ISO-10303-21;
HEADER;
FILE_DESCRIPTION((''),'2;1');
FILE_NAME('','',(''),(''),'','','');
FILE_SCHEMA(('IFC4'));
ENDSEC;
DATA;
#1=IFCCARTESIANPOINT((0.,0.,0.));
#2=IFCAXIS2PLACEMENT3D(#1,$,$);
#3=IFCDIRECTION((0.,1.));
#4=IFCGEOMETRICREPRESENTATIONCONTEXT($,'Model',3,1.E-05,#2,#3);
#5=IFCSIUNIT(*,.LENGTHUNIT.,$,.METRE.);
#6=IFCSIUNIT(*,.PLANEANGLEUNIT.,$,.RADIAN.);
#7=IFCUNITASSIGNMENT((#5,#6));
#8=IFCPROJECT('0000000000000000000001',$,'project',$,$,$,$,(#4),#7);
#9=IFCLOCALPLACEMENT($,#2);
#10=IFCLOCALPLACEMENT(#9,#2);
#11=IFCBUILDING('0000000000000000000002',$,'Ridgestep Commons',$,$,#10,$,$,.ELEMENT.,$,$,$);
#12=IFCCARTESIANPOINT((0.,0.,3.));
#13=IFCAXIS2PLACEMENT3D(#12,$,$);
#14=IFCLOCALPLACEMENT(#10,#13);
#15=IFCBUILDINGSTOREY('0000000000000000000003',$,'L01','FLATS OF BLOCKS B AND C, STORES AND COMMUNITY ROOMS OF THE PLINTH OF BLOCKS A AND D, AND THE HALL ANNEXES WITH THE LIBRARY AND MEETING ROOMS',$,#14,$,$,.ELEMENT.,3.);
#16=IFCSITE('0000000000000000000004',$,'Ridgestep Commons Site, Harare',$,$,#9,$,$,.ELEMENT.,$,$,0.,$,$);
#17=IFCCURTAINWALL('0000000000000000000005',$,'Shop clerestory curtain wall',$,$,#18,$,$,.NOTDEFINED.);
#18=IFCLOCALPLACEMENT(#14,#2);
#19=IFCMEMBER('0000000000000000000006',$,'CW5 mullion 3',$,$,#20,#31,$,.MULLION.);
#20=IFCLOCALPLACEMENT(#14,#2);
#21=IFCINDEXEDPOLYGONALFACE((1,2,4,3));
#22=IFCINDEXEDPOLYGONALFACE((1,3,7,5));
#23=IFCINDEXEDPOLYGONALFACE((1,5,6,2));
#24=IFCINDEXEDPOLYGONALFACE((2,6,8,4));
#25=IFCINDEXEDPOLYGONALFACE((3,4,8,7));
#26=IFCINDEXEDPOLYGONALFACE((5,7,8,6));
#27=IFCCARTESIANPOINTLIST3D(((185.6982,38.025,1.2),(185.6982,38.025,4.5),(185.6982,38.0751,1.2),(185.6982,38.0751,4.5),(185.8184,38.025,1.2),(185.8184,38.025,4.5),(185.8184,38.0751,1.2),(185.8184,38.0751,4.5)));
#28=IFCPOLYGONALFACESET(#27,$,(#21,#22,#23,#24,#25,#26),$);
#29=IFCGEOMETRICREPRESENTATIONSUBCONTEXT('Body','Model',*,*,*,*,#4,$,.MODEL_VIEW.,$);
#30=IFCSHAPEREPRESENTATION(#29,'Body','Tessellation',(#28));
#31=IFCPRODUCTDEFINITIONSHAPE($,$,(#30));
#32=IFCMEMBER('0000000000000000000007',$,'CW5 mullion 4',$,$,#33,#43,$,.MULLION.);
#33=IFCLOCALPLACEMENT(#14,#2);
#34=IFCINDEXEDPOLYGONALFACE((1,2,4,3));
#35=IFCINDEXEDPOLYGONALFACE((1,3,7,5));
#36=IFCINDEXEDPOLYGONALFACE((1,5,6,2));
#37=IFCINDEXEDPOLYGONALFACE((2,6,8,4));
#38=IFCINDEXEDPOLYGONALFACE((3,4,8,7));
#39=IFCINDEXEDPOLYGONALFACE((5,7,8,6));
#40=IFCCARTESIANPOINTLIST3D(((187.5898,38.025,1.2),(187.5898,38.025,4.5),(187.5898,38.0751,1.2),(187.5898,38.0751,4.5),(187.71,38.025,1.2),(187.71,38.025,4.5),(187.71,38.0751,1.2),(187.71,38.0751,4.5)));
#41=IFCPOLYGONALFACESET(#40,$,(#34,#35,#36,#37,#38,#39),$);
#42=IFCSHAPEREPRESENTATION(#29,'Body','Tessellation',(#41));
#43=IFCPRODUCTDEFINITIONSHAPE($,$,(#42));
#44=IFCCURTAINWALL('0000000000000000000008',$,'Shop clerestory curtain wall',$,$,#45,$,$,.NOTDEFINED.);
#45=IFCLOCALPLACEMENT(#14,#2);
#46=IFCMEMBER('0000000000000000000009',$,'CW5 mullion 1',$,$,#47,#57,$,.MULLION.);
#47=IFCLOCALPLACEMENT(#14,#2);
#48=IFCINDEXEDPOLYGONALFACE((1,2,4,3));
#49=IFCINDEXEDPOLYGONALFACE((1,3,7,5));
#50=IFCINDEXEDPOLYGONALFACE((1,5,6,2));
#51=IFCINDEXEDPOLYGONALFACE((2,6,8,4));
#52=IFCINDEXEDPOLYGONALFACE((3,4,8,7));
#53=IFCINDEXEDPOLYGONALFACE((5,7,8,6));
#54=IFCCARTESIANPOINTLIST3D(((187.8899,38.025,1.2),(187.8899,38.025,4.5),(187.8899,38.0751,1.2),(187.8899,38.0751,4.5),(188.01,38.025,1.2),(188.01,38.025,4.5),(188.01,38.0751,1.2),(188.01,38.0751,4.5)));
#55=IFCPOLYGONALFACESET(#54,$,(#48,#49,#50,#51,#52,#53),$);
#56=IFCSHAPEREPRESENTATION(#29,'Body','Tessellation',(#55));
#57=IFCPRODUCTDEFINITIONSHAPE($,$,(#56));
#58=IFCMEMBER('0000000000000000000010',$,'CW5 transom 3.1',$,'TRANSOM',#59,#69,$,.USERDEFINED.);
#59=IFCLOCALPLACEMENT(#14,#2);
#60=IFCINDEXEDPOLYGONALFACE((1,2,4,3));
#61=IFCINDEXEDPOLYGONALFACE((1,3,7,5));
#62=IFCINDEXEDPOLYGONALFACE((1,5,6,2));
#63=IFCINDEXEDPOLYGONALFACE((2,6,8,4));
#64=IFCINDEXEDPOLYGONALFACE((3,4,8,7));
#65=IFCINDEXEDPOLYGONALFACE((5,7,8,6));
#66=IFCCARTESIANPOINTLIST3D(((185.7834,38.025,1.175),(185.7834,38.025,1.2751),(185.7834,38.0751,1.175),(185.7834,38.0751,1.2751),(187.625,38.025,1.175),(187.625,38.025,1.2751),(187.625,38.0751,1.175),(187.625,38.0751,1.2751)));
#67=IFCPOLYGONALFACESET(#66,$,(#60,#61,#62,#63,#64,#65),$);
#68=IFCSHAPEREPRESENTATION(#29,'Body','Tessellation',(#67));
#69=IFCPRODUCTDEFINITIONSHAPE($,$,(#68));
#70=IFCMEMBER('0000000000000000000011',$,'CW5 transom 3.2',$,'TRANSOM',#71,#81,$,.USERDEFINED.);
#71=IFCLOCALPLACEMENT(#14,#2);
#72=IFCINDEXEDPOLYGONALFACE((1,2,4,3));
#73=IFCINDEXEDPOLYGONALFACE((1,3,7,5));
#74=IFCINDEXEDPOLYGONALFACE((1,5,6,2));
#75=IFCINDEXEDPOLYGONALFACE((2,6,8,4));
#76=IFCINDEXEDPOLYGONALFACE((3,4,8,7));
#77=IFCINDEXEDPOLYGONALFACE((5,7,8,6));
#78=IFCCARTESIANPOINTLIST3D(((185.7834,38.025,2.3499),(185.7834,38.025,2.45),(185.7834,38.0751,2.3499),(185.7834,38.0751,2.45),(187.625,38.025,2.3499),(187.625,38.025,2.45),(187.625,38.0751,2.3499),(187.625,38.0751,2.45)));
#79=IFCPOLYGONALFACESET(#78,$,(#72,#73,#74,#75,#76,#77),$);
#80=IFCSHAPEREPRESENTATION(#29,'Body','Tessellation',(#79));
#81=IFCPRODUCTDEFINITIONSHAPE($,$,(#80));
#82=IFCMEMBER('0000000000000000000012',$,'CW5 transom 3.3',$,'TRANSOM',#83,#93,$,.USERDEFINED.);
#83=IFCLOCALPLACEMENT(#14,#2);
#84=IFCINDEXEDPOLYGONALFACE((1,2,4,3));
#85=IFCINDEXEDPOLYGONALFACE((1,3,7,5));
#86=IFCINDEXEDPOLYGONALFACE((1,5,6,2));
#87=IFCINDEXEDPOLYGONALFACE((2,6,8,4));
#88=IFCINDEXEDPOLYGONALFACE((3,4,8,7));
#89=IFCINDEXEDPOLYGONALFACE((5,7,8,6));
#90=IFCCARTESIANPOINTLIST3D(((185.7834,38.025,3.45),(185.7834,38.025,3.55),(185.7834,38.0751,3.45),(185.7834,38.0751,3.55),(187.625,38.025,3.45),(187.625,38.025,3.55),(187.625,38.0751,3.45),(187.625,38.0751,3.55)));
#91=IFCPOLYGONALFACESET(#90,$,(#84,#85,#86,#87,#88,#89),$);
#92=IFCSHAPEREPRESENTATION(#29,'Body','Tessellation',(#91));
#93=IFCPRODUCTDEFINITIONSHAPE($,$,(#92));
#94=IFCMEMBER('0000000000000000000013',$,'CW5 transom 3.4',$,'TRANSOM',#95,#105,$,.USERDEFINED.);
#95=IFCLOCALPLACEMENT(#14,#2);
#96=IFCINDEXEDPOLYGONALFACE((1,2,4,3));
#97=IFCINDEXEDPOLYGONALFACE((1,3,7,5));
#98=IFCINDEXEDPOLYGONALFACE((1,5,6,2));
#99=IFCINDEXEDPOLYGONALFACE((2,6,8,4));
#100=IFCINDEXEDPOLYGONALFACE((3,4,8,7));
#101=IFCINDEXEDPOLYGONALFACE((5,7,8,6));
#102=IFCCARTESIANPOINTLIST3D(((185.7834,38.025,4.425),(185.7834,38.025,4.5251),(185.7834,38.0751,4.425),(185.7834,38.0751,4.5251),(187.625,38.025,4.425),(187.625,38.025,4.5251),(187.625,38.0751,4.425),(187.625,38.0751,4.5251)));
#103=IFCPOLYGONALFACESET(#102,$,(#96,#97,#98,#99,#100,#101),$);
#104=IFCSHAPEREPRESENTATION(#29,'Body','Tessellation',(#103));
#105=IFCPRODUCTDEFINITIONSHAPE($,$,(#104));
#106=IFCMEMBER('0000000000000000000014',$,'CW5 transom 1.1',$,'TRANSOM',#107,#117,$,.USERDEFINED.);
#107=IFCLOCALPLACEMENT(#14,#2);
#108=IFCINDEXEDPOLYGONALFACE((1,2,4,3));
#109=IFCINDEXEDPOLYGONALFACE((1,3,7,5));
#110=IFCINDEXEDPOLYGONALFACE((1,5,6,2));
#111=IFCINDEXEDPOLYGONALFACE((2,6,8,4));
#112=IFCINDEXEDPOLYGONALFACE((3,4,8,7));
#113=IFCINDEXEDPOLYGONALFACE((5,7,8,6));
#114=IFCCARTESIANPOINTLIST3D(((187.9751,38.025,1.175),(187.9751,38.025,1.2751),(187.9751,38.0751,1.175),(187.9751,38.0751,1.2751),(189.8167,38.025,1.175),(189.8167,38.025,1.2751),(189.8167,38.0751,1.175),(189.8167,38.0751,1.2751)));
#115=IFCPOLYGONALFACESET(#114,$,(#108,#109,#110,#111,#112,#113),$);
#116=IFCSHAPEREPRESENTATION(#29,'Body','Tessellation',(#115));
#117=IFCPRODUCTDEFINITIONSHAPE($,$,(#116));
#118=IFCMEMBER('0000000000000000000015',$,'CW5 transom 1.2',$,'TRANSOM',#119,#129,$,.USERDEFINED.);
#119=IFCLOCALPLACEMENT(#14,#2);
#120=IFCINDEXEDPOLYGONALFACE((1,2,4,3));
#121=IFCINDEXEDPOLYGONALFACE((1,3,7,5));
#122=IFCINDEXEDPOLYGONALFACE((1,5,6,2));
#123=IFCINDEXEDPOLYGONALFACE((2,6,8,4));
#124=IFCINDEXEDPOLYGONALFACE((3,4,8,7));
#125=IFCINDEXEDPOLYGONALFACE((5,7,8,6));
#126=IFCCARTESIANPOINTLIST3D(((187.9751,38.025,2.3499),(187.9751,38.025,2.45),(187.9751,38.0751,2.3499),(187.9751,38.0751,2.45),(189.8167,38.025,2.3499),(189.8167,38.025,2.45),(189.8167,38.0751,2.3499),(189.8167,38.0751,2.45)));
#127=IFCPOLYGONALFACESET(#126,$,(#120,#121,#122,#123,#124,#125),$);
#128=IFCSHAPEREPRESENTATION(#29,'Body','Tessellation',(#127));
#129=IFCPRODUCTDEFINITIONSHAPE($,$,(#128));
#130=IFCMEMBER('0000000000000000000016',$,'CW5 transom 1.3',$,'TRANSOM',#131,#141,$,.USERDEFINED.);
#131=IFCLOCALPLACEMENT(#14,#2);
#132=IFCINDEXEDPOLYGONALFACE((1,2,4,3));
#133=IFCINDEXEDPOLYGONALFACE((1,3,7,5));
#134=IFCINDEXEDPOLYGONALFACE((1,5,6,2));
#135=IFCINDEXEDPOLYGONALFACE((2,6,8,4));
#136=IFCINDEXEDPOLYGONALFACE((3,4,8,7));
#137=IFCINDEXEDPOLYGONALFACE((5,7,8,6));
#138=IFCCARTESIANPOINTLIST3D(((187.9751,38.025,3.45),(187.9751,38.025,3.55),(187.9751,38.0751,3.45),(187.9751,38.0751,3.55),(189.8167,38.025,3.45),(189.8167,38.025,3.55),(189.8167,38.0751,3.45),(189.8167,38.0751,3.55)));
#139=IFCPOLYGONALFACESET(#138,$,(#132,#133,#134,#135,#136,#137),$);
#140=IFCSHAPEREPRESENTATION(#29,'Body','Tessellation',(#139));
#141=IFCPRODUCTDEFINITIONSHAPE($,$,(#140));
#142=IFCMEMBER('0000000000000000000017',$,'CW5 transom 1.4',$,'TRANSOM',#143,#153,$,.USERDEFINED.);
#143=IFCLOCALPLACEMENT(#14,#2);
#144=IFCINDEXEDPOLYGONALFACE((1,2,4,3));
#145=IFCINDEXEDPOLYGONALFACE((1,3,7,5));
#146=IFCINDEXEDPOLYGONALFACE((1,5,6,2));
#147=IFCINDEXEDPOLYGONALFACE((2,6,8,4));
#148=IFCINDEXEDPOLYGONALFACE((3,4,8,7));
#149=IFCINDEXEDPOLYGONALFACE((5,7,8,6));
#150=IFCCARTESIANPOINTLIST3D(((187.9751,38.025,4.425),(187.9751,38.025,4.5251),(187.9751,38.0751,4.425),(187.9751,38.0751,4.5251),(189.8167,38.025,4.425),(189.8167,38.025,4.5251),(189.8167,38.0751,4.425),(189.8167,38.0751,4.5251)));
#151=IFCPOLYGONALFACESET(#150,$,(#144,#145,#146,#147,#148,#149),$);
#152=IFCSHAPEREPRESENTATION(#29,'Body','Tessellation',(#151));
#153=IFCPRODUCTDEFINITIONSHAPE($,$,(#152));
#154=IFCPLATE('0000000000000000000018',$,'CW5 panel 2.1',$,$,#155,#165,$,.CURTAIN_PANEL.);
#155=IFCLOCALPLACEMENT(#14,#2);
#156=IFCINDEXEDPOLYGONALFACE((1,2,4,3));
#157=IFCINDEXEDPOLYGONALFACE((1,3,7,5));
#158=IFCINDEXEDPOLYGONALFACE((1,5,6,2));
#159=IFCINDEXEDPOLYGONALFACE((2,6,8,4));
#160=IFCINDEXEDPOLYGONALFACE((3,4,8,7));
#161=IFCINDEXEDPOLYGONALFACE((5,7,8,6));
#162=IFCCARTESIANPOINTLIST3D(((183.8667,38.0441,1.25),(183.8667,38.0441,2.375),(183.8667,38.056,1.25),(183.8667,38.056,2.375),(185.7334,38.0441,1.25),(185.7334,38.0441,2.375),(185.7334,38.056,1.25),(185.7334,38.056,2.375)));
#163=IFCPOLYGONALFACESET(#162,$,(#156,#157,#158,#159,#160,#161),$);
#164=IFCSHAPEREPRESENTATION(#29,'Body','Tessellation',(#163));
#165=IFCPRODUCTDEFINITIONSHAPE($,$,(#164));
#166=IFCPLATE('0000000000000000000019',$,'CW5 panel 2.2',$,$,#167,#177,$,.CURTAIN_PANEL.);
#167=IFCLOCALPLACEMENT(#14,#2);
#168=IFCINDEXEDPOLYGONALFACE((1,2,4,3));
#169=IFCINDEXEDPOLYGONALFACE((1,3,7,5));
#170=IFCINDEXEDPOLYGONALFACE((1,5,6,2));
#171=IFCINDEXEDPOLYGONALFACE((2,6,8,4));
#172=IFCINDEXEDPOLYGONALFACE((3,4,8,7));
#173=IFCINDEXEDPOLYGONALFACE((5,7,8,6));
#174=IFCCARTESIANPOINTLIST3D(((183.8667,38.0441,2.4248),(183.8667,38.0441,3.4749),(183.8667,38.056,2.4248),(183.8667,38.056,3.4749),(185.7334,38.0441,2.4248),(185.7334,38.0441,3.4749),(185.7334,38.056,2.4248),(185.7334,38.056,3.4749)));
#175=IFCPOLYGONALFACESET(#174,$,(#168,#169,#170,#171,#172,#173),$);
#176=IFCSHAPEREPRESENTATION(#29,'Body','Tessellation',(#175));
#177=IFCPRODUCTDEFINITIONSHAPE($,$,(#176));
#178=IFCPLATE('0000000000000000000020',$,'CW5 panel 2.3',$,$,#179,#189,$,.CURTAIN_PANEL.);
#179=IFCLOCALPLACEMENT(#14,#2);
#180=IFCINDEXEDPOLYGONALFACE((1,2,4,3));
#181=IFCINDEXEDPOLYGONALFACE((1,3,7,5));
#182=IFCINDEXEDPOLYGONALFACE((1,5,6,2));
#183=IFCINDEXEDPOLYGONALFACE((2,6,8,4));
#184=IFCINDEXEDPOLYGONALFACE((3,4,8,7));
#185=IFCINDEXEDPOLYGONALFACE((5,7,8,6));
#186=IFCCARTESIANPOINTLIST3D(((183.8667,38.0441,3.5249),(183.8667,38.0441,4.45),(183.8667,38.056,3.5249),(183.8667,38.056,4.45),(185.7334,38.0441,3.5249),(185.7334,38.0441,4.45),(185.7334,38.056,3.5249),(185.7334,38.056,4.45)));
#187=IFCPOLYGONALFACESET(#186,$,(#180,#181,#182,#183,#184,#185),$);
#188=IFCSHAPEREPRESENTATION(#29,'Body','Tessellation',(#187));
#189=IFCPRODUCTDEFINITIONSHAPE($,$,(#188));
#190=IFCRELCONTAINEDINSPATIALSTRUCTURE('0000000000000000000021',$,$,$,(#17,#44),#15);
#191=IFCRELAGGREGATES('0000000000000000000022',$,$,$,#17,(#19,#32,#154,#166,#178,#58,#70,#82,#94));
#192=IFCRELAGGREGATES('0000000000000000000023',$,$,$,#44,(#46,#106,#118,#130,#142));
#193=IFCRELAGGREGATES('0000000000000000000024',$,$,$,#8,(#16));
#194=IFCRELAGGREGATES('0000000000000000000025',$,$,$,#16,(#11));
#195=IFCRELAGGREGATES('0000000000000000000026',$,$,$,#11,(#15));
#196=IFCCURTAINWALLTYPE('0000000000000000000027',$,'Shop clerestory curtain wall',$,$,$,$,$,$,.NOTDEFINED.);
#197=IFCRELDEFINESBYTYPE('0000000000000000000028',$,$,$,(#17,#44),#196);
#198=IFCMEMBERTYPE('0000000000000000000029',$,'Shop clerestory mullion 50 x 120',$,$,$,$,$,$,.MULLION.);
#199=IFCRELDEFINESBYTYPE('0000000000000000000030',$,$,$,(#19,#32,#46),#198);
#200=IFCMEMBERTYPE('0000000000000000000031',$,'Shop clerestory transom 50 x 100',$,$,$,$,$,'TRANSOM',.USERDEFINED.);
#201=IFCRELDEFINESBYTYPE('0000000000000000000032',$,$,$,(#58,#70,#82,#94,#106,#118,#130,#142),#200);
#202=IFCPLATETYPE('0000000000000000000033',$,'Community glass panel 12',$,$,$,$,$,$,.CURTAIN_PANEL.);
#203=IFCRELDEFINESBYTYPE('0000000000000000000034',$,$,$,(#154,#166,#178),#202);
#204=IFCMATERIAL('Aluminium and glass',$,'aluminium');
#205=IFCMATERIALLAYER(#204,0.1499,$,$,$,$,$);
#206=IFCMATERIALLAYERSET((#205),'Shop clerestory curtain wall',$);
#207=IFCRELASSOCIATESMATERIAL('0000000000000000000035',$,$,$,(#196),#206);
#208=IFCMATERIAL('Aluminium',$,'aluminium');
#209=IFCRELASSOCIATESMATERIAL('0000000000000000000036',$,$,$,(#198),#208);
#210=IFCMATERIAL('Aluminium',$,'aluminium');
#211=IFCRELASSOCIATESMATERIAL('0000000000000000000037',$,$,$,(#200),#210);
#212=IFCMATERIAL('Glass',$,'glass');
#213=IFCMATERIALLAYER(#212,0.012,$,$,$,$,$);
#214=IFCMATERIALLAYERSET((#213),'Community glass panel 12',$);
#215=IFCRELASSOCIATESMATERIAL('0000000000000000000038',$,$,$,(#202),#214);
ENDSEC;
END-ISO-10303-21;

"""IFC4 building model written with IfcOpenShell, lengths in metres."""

from ifc_helpers import new_model, si_unit, direction, frame, origin, origin_2d, place, context, subcontext, project, spatial, rectangle, extrude, material, layer, layer_set, material_profile, profile_set, type_object, element, aggregate, save


model = new_model("IFC4")

# Units and contexts
model_context = context("Model", 3, precision=1e-05, world=origin(), true_north=direction((0.0, 1.0)))
body_context = subcontext(model_context, "Body", "Model", "MODEL_VIEW")
ifc_project = project(units=[si_unit("LENGTHUNIT", "METRE"), si_unit("PLANEANGLEUNIT", "RADIAN")], contexts=[model_context])

# Site, building, storey
site_placement = place(None, origin())
site = spatial("IfcSite", under=ifc_project, at=site_placement, Name="Ridgestep Commons Site, Harare", CompositionType="ELEMENT", RefElevation=0.0)
building_placement = place(site_placement, origin())
building = spatial("IfcBuilding", under=site, at=building_placement, Name="Ridgestep Commons", CompositionType="ELEMENT")
storey_placement = place(building_placement, frame((0.0, 0.0, 3.0)))
storey = spatial("IfcBuildingStorey", under=building, at=storey_placement, Name="L01", Description="FLATS OF BLOCKS B AND C, STORES AND COMMUNITY ROOMS OF THE PLINTH OF BLOCKS A AND D, AND THE HALL ANNEXES WITH THE LIBRARY AND MEETING ROOMS", CompositionType="ELEMENT", Elevation=3.0)

# Curtain wall, members
ifc_material_1 = material(Name="Aluminium and glass", Category="aluminium")
ifc_layer_1 = layer(ifc_material_1, 0.1499)
ifc_layer_set_1 = layer_set([ifc_layer_1], Name="Shop clerestory curtain wall")
curtain_wall_type = type_object("IfcCurtainWallType", Name="Shop clerestory curtain wall", PredefinedType="NOTDEFINED", material=ifc_layer_set_1)
curtain_wall_1_placement = place(storey_placement, origin())
curtain_wall_1 = element("IfcCurtainWall", 1, at=curtain_wall_1_placement, inside=storey, type_object=curtain_wall_type, Name="Shop clerestory curtain wall", PredefinedType="NOTDEFINED")
ifc_material_2 = material(Name="Aluminium", Category="aluminium")
ifc_material_profile_1 = material_profile(ifc_material_2, rectangle(XDim=0.05, YDim=0.1201, at=origin_2d()), Name="Shop clerestory mullion 50 x 120")
ifc_profile_set_1 = profile_set([ifc_material_profile_1], Name="Aluminium")
member_type_1 = type_object("IfcMemberType", Name="Shop clerestory mullion 50 x 120", PredefinedType="MULLION", material=ifc_profile_set_1)
member_1_placement = place(storey_placement, frame((185.7583, 38.05, 1.2), z_axis=(0.0, 0.0, 1.0), x_axis=(0.0, 1.0, 0.0)))
member_1 = element("IfcMember", 2, at=member_1_placement, type_object=member_type_1, Name="CW5 mullion 3", PredefinedType="MULLION", context=body_context, shape_type="SweptSolid", body=[
    extrude(rectangle(XDim=0.05, YDim=0.1201, at=origin_2d()), origin(), (0.0, 0.0, 1.0), 3.3),
])
member_2_placement = place(storey_placement, frame((187.6499, 38.05, 1.2), z_axis=(0.0, 0.0, 1.0), x_axis=(0.0, 1.0, 0.0)))
member_2 = element("IfcMember", 3, at=member_2_placement, type_object=member_type_1, Name="CW5 mullion 4", PredefinedType="MULLION", context=body_context, shape_type="SweptSolid", body=[
    extrude(rectangle(XDim=0.05, YDim=0.1201, at=origin_2d()), origin(), (0.0, 0.0, 1.0), 3.3),
])

# Curtain wall, member
curtain_wall_2_placement = place(storey_placement, origin())
curtain_wall_2 = element("IfcCurtainWall", 4, at=curtain_wall_2_placement, inside=storey, type_object=curtain_wall_type, Name="Shop clerestory curtain wall", PredefinedType="NOTDEFINED")
member_3_placement = place(storey_placement, frame((187.95, 38.05, 1.2), z_axis=(0.0, 0.0, 1.0), x_axis=(0.0, 1.0, 0.0)))
member_3 = element("IfcMember", 5, at=member_3_placement, type_object=member_type_1, Name="CW5 mullion 1", PredefinedType="MULLION", context=body_context, shape_type="SweptSolid", body=[
    extrude(rectangle(XDim=0.05, YDim=0.1201, at=origin_2d()), origin(), (0.0, 0.0, 1.0), 3.3),
])

# Members
ifc_material_3 = material(Name="Aluminium", Category="aluminium")
ifc_material_profile_2 = material_profile(ifc_material_3, rectangle(XDim=0.05, YDim=0.1001, at=origin_2d()), Name="Shop clerestory transom 50 x 100")
ifc_profile_set_2 = profile_set([ifc_material_profile_2], Name="Aluminium")
member_type_2 = type_object("IfcMemberType", Name="Shop clerestory transom 50 x 100", ElementType="TRANSOM", PredefinedType="USERDEFINED", material=ifc_profile_set_2)
member_4_placement = place(storey_placement, frame((185.7834, 38.05, 1.2251), z_axis=(1.0, 0.0, 0.0), x_axis=(0.0, 1.0, 0.0)))
member_4 = element("IfcMember", 6, at=member_4_placement, type_object=member_type_2, Name="CW5 transom 3.1", ObjectType="TRANSOM", PredefinedType="USERDEFINED", context=body_context, shape_type="SweptSolid", body=[
    extrude(rectangle(XDim=0.05, YDim=0.1001, at=origin_2d()), origin(), (0.0, 0.0, 1.0), 1.8416),
])
member_5_placement = place(storey_placement, frame((185.7834, 38.05, 2.3999), z_axis=(1.0, 0.0, 0.0), x_axis=(0.0, 1.0, 0.0)))
member_5 = element("IfcMember", 7, at=member_5_placement, type_object=member_type_2, Name="CW5 transom 3.2", ObjectType="TRANSOM", PredefinedType="USERDEFINED", context=body_context, shape_type="SweptSolid", body=[
    extrude(rectangle(XDim=0.05, YDim=0.1001, at=origin_2d()), origin(), (0.0, 0.0, 1.0), 1.8416),
])
member_6_placement = place(storey_placement, frame((185.7834, 38.05, 3.5), z_axis=(1.0, 0.0, 0.0), x_axis=(0.0, 1.0, 0.0)))
member_6 = element("IfcMember", 8, at=member_6_placement, type_object=member_type_2, Name="CW5 transom 3.3", ObjectType="TRANSOM", PredefinedType="USERDEFINED", context=body_context, shape_type="SweptSolid", body=[
    extrude(rectangle(XDim=0.05, YDim=0.1001, at=origin_2d()), origin(), (0.0, 0.0, 1.0), 1.8416),
])
member_7_placement = place(storey_placement, frame((185.7834, 38.05, 4.4751), z_axis=(1.0, 0.0, 0.0), x_axis=(0.0, 1.0, 0.0)))
member_7 = element("IfcMember", 9, at=member_7_placement, type_object=member_type_2, Name="CW5 transom 3.4", ObjectType="TRANSOM", PredefinedType="USERDEFINED", context=body_context, shape_type="SweptSolid", body=[
    extrude(rectangle(XDim=0.05, YDim=0.1001, at=origin_2d()), origin(), (0.0, 0.0, 1.0), 1.8416),
])
member_8_placement = place(storey_placement, frame((187.9751, 38.05, 1.2251), z_axis=(1.0, 0.0, 0.0), x_axis=(0.0, 1.0, 0.0)))
member_8 = element("IfcMember", 10, at=member_8_placement, type_object=member_type_2, Name="CW5 transom 1.1", ObjectType="TRANSOM", PredefinedType="USERDEFINED", context=body_context, shape_type="SweptSolid", body=[
    extrude(rectangle(XDim=0.05, YDim=0.1001, at=origin_2d()), origin(), (0.0, 0.0, 1.0), 1.8416),
])
member_9_placement = place(storey_placement, frame((187.9751, 38.05, 2.3999), z_axis=(1.0, 0.0, 0.0), x_axis=(0.0, 1.0, 0.0)))
member_9 = element("IfcMember", 11, at=member_9_placement, type_object=member_type_2, Name="CW5 transom 1.2", ObjectType="TRANSOM", PredefinedType="USERDEFINED", context=body_context, shape_type="SweptSolid", body=[
    extrude(rectangle(XDim=0.05, YDim=0.1001, at=origin_2d()), origin(), (0.0, 0.0, 1.0), 1.8416),
])
member_10_placement = place(storey_placement, frame((187.9751, 38.05, 3.5), z_axis=(1.0, 0.0, 0.0), x_axis=(0.0, 1.0, 0.0)))
member_10 = element("IfcMember", 12, at=member_10_placement, type_object=member_type_2, Name="CW5 transom 1.3", ObjectType="TRANSOM", PredefinedType="USERDEFINED", context=body_context, shape_type="SweptSolid", body=[
    extrude(rectangle(XDim=0.05, YDim=0.1001, at=origin_2d()), origin(), (0.0, 0.0, 1.0), 1.8416),
])
member_11_placement = place(storey_placement, frame((187.9751, 38.05, 4.4751), z_axis=(1.0, 0.0, 0.0), x_axis=(0.0, 1.0, 0.0)))
member_11 = element("IfcMember", 13, at=member_11_placement, type_object=member_type_2, Name="CW5 transom 1.4", ObjectType="TRANSOM", PredefinedType="USERDEFINED", context=body_context, shape_type="SweptSolid", body=[
    extrude(rectangle(XDim=0.05, YDim=0.1001, at=origin_2d()), origin(), (0.0, 0.0, 1.0), 1.8416),
])

# Plates
ifc_material_4 = material(Name="Glass", Category="glass")
ifc_layer_2 = layer(ifc_material_4, 0.012)
ifc_layer_set_2 = layer_set([ifc_layer_2], Name="Community glass panel 12")
plate_type = type_object("IfcPlateType", Name="Community glass panel 12", PredefinedType="CURTAIN_PANEL", material=ifc_layer_set_2)
plate_1_placement = place(storey_placement, frame((184.8, 38.05, 1.25), z_axis=(0.0, 0.0, 1.0), x_axis=(1.0, 0.0, 0.0)))
plate_1 = element("IfcPlate", 14, at=plate_1_placement, type_object=plate_type, Name="CW5 panel 2.1", PredefinedType="CURTAIN_PANEL", context=body_context, shape_type="SweptSolid", body=[
    extrude(rectangle(XDim=1.8667, YDim=0.012, at=origin_2d()), origin(), (0.0, 0.0, 1.0), 1.125),
])
plate_2_placement = place(storey_placement, frame((184.8, 38.05, 2.4248), z_axis=(0.0, 0.0, 1.0), x_axis=(1.0, 0.0, 0.0)))
plate_2 = element("IfcPlate", 15, at=plate_2_placement, type_object=plate_type, Name="CW5 panel 2.2", PredefinedType="CURTAIN_PANEL", context=body_context, shape_type="SweptSolid", body=[
    extrude(rectangle(XDim=1.8667, YDim=0.012, at=origin_2d()), origin(), (0.0, 0.0, 1.0), 1.05),
])
plate_3_placement = place(storey_placement, frame((184.8, 38.05, 3.5249), z_axis=(0.0, 0.0, 1.0), x_axis=(1.0, 0.0, 0.0)))
plate_3 = element("IfcPlate", 16, at=plate_3_placement, type_object=plate_type, Name="CW5 panel 2.3", PredefinedType="CURTAIN_PANEL", context=body_context, shape_type="SweptSolid", body=[
    extrude(rectangle(XDim=1.8667, YDim=0.012, at=origin_2d()), origin(), (0.0, 0.0, 1.0), 0.925),
])
aggregate(curtain_wall_1, [member_1, member_2, plate_1, plate_2, plate_3, member_4, member_5, member_6, member_7])
aggregate(curtain_wall_2, [member_3, member_8, member_9, member_10, member_11])

save(model, "model.ifc")
